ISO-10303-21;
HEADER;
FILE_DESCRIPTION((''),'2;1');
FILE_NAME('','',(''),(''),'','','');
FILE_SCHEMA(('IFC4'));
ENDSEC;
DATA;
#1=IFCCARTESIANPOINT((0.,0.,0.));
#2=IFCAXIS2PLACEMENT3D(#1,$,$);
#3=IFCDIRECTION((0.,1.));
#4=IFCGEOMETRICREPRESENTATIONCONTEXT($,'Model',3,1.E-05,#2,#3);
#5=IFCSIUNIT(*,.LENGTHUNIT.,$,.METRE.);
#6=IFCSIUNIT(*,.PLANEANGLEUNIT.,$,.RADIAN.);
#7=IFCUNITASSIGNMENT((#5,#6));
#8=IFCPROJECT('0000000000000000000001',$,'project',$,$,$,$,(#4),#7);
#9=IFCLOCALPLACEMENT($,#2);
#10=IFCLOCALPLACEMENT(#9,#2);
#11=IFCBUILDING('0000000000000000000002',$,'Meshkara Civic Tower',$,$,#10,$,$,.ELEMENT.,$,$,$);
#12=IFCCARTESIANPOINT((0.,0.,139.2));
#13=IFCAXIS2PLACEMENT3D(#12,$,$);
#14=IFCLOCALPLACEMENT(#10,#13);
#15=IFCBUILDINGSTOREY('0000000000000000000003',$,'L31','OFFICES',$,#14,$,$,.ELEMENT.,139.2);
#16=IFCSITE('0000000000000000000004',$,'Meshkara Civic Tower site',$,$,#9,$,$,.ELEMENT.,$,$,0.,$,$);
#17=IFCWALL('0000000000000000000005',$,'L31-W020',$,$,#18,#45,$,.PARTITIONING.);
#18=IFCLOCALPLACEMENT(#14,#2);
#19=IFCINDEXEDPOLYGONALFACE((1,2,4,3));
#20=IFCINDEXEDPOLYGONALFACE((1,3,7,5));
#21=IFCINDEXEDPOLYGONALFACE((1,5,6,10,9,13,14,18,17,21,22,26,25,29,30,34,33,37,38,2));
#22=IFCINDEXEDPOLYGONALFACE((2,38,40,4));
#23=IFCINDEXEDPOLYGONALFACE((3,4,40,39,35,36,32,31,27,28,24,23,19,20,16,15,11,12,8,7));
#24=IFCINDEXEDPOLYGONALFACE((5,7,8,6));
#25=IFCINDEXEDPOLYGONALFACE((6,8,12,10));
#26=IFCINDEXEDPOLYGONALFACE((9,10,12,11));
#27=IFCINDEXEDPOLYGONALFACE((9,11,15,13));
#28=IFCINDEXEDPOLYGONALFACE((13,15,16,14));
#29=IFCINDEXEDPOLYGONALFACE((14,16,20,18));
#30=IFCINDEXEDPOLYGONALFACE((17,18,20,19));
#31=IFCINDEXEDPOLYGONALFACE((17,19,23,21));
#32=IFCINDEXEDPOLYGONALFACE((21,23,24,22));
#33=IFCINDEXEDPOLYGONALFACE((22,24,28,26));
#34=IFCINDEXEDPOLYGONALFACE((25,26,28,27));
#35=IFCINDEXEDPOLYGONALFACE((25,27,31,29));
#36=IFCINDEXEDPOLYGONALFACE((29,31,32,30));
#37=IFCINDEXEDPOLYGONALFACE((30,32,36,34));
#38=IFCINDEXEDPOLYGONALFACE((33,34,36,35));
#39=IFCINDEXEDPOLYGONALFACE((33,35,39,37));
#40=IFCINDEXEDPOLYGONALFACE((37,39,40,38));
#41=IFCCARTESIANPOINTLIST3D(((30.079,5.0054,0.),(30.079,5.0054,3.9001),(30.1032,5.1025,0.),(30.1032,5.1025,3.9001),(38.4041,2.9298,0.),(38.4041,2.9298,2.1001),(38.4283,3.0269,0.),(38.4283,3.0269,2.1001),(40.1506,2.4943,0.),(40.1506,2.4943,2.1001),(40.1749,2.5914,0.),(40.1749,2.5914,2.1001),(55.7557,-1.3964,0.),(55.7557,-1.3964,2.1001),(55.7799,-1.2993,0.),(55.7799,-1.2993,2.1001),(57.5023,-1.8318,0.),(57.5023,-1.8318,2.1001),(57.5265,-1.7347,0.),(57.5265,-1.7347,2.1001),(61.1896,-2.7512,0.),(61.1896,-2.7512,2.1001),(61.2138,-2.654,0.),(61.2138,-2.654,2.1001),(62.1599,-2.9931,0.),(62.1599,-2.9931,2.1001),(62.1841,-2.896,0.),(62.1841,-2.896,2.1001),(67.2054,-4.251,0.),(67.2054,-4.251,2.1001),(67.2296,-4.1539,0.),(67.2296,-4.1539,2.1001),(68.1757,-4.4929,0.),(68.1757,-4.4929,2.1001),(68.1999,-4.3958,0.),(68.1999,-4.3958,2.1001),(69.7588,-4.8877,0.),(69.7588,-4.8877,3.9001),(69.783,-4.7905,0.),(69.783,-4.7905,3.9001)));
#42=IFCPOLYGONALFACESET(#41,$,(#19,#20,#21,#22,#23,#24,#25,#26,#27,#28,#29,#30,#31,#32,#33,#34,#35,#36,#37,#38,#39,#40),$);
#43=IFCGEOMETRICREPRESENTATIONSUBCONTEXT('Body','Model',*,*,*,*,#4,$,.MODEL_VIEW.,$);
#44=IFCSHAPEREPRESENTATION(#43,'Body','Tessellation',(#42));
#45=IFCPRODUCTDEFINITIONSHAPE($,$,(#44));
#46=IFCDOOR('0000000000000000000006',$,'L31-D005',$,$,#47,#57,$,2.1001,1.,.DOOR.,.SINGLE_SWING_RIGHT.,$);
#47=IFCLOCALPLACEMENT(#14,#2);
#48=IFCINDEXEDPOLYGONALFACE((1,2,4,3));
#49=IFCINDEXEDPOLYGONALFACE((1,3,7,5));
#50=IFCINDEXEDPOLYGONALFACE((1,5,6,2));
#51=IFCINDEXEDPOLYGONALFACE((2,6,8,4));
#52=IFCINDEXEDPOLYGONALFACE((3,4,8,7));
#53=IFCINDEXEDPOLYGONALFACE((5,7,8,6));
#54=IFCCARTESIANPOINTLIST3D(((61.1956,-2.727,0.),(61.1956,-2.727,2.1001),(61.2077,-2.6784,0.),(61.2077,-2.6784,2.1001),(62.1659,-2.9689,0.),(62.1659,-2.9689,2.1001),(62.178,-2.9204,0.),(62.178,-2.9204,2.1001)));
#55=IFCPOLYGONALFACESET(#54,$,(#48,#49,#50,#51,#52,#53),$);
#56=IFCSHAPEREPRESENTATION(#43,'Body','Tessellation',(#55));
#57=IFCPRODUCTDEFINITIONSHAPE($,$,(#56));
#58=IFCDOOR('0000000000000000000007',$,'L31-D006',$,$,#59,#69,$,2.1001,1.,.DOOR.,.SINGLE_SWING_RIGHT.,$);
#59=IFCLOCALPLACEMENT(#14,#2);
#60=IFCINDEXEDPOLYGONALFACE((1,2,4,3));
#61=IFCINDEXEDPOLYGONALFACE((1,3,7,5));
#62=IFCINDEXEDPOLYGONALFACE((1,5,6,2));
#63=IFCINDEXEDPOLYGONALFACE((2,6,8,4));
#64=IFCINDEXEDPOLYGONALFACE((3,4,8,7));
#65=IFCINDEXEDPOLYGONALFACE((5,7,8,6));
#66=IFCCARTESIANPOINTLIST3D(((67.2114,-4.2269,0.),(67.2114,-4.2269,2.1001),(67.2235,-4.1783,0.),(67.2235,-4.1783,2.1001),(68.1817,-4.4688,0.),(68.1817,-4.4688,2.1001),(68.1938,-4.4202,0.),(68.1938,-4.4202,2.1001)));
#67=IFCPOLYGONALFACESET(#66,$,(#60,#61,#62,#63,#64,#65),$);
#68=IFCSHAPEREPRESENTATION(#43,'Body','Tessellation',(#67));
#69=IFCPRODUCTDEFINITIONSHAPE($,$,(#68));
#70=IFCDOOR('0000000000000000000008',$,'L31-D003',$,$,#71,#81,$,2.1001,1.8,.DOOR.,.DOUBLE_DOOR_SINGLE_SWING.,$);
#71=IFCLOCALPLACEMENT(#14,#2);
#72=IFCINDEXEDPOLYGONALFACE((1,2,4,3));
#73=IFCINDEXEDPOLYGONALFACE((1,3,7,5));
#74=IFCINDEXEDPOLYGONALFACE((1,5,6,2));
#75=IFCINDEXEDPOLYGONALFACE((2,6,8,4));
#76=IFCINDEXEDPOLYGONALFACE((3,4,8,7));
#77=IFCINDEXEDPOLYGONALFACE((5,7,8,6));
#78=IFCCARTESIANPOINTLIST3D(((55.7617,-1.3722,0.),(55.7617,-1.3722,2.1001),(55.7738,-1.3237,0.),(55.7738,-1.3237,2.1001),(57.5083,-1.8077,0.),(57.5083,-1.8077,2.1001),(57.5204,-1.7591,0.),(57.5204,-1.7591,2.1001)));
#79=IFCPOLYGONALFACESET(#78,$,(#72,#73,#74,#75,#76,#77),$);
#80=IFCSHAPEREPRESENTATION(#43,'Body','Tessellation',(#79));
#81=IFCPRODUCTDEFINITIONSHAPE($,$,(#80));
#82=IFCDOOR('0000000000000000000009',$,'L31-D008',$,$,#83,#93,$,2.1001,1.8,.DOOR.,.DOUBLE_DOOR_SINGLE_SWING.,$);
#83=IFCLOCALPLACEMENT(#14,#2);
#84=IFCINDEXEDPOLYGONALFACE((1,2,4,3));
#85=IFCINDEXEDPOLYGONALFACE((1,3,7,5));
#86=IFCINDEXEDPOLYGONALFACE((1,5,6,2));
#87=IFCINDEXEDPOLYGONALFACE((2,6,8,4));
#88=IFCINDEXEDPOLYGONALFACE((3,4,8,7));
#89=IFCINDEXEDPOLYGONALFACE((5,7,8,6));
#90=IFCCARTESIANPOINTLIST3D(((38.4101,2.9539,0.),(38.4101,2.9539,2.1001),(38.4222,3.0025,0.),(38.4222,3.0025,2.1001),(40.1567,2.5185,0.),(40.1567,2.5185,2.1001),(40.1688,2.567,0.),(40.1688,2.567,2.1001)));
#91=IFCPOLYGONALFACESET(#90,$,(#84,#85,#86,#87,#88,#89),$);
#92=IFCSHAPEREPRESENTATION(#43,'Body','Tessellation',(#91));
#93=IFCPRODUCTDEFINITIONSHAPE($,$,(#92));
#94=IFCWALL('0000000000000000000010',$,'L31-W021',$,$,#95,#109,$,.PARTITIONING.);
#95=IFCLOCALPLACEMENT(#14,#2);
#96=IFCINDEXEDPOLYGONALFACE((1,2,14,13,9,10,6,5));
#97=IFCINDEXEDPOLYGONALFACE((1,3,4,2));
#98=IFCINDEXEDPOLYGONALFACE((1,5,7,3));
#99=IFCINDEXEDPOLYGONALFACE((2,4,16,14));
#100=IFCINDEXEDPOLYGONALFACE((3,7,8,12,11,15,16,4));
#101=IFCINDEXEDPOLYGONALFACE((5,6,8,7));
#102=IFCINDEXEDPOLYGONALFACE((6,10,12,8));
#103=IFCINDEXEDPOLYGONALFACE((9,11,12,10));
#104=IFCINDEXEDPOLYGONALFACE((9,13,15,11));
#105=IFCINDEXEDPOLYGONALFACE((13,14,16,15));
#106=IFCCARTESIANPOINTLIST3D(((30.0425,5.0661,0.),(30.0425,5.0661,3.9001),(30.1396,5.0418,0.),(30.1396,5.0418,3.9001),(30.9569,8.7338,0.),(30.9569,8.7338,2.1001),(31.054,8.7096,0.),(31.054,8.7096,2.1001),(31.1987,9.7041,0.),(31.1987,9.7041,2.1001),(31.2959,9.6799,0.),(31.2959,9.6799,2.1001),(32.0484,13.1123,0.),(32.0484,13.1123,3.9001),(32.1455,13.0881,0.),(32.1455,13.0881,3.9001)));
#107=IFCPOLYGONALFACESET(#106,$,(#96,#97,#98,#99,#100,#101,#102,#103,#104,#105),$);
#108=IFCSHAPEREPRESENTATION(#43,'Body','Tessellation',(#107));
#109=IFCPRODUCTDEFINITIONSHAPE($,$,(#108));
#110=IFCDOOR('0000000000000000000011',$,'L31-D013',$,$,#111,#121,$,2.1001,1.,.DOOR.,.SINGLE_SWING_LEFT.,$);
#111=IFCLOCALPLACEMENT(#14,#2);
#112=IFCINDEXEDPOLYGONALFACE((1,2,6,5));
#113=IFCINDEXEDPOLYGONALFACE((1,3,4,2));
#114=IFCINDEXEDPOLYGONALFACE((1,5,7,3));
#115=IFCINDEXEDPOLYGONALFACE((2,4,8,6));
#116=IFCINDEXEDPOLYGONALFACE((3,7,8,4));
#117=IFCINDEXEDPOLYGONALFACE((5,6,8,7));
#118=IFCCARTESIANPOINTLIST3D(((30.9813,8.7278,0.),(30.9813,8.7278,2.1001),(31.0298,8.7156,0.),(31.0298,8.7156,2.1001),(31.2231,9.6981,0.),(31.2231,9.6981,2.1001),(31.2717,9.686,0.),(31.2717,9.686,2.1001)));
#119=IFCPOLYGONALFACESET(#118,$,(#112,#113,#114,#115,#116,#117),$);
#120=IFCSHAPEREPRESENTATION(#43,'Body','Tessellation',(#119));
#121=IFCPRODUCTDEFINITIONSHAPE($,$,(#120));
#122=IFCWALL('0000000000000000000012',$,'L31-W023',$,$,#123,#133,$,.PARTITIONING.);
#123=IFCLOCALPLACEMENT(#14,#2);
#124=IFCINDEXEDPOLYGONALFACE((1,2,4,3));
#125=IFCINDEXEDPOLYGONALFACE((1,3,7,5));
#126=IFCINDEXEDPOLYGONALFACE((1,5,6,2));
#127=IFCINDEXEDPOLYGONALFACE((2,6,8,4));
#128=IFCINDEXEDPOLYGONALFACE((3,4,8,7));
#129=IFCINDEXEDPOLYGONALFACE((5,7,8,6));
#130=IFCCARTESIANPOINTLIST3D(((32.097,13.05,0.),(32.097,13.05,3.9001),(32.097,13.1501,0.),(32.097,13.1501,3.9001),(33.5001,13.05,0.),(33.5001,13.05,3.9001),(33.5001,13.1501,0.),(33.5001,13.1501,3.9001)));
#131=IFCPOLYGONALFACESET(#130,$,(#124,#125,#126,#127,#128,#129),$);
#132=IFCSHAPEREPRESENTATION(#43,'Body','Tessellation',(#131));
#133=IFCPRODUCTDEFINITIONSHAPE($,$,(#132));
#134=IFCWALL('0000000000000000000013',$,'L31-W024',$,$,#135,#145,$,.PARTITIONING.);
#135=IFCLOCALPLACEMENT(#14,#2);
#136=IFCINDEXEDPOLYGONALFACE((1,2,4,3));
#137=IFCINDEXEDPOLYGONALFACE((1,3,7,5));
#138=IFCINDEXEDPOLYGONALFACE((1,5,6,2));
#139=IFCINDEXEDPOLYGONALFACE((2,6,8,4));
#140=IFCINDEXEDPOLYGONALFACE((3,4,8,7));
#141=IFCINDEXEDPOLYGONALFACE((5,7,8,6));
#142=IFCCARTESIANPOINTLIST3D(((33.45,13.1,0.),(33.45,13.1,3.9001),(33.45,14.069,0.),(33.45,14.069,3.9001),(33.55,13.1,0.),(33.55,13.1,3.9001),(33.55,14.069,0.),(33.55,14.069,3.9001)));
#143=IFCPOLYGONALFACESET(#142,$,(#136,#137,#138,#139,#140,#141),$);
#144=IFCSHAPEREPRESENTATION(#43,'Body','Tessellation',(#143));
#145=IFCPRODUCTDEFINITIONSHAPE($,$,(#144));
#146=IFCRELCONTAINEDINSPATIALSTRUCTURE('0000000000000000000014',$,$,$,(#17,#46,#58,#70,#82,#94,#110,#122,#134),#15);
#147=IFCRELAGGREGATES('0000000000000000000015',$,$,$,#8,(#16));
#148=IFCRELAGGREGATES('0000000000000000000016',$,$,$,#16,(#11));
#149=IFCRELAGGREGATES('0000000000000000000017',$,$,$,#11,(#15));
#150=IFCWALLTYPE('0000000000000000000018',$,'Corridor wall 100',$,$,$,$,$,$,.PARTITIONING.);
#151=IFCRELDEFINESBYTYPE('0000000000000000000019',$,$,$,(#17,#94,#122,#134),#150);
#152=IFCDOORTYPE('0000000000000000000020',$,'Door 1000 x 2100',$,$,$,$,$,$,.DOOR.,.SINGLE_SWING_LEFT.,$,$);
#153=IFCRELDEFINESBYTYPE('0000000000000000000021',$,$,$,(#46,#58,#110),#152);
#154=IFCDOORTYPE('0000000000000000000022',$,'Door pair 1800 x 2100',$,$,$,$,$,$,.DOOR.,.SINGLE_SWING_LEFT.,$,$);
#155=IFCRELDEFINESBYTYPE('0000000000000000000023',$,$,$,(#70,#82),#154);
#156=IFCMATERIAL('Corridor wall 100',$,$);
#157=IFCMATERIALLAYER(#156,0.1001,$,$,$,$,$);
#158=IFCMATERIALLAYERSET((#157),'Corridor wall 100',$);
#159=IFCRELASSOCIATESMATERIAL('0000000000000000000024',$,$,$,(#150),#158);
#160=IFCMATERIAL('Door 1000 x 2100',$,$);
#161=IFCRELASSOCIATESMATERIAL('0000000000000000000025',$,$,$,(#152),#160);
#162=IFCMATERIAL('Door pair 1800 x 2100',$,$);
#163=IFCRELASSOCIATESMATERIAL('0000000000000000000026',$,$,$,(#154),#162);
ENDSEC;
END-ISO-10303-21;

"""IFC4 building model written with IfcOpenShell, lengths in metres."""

from ifc_helpers import new_model, si_unit, direction, frame, frame_2d, origin, place, context, subcontext, project, spatial, rectangle, extrude, material, layer, layer_set, type_object, element, fill, save


model = new_model("IFC4")

# Units and contexts
model_context = context("Model", 3, precision=1e-05, world=origin(), true_north=direction((0.0, 1.0)))
body_context = subcontext(model_context, "Body", "Model", "MODEL_VIEW")
ifc_project = project(units=[si_unit("LENGTHUNIT", "METRE"), si_unit("PLANEANGLEUNIT", "RADIAN")], contexts=[model_context])

# Site, building, storey
site_placement = place(None, origin())
site = spatial("IfcSite", under=ifc_project, at=site_placement, Name="Meshkara Civic Tower site", CompositionType="ELEMENT", RefElevation=0.0)
building_placement = place(site_placement, origin())
building = spatial("IfcBuilding", under=site, at=building_placement, Name="Meshkara Civic Tower", CompositionType="ELEMENT")
storey_placement = place(building_placement, frame((0.0, 0.0, 139.2)))
storey = spatial("IfcBuildingStorey", under=building, at=storey_placement, Name="L31", Description="OFFICES", CompositionType="ELEMENT", Elevation=139.2)

# Wall, openings, doors
ifc_material_1 = material(Name="Corridor wall 100")
ifc_layer_1 = layer(ifc_material_1, 0.1001)
ifc_layer_set_1 = layer_set([ifc_layer_1], Name="Corridor wall 100")
wall_type_1 = type_object("IfcWallType", Name="Corridor wall 100", PredefinedType="PARTITIONING", material=ifc_layer_set_1)
wall_1_placement = place(storey_placement, frame((30.0911, 5.054, 0.0), z_axis=(0.0, 0.0, 1.0), x_axis=(0.970297, -0.241916, 0.0)))
wall_1 = element("IfcWall", 1, at=wall_1_placement, inside=storey, type_object=wall_type_1, Name="L31-W020", PredefinedType="PARTITIONING", context=body_context, shape_type="SweptSolid", body=[
    extrude(rectangle(XDim=40.8945, YDim=0.1001, at=frame_2d((20.4473, 0.0))), origin(), (0.0, 0.0, 1.0), 3.9001),
])
opening_1_placement = place(wall_1_placement, frame((26.4629, 0.0, 0.0)))
opening_1 = element("IfcOpeningElement", 2, at=opening_1_placement, cuts=wall_1, PredefinedType="OPENING", context=body_context, shape_type="SweptSolid", body=[
    extrude(rectangle(XDim=1.8, YDim=2.1001, at=frame_2d((0.8999, 1.05))), frame((0.0, 0.0601, 0.0), z_axis=(0.0, -1.0, 0.0), x_axis=(1.0, 0.0, 0.0)), (0.0, 0.0, 1.0), 0.1201),
])
opening_2_placement = place(wall_1_placement, frame((32.063, 0.0, 0.0)))
opening_2 = element("IfcOpeningElement", 3, at=opening_2_placement, cuts=wall_1, PredefinedType="OPENING", context=body_context, shape_type="SweptSolid", body=[
    extrude(rectangle(XDim=1.0, YDim=2.1001, at=frame_2d((0.5, 1.05))), frame((0.0, 0.0601, 0.0), z_axis=(0.0, -1.0, 0.0), x_axis=(1.0, 0.0, 0.0)), (0.0, 0.0, 1.0), 0.1201),
])
opening_3_placement = place(wall_1_placement, frame((38.2629, 0.0, 0.0)))
opening_3 = element("IfcOpeningElement", 4, at=opening_3_placement, cuts=wall_1, PredefinedType="OPENING", context=body_context, shape_type="SweptSolid", body=[
    extrude(rectangle(XDim=1.0, YDim=2.1001, at=frame_2d((0.5, 1.05))), frame((0.0, 0.0601, 0.0), z_axis=(0.0, -1.0, 0.0), x_axis=(1.0, 0.0, 0.0)), (0.0, 0.0, 1.0), 0.1201),
])
opening_4_placement = place(wall_1_placement, frame((8.5801, 0.0, 0.0)))
opening_4 = element("IfcOpeningElement", 5, at=opening_4_placement, cuts=wall_1, PredefinedType="OPENING", context=body_context, shape_type="SweptSolid", body=[
    extrude(rectangle(XDim=1.8, YDim=2.1001, at=frame_2d((0.8999, 1.05))), frame((0.0, 0.0601, 0.0), z_axis=(0.0, -1.0, 0.0), x_axis=(1.0, 0.0, 0.0)), (0.0, 0.0, 1.0), 0.1201),
])
ifc_material_2 = material(Name="Door 1000 x 2100")
door_type_1 = type_object("IfcDoorType", Name="Door 1000 x 2100", OperationType="SINGLE_SWING_LEFT", PredefinedType="DOOR", material=ifc_material_2)
door_1_placement = place(opening_2_placement, origin())
door_1 = element("IfcDoor", 6, at=door_1_placement, inside=storey, type_object=door_type_1, Name="L31-D005", OperationType="SINGLE_SWING_RIGHT", OverallHeight=2.1001, OverallWidth=1.0, PredefinedType="DOOR", context=body_context, shape_type="SweptSolid", body=[
    extrude(rectangle(XDim=1.0, YDim=2.1001, at=frame_2d((0.5, 1.05))), frame((0.0, 0.0249, 0.0), z_axis=(0.0, -1.0, 0.0), x_axis=(1.0, 0.0, 0.0)), (0.0, 0.0, 1.0), 0.05),
])
fill(opening_2, door_1)
door_2_placement = place(opening_3_placement, origin())
door_2 = element("IfcDoor", 7, at=door_2_placement, inside=storey, type_object=door_type_1, Name="L31-D006", OperationType="SINGLE_SWING_RIGHT", OverallHeight=2.1001, OverallWidth=1.0, PredefinedType="DOOR", context=body_context, shape_type="SweptSolid", body=[
    extrude(rectangle(XDim=1.0, YDim=2.1001, at=frame_2d((0.5, 1.05))), frame((0.0, 0.0249, 0.0), z_axis=(0.0, -1.0, 0.0), x_axis=(1.0, 0.0, 0.0)), (0.0, 0.0, 1.0), 0.05),
])
fill(opening_3, door_2)
ifc_material_3 = material(Name="Door pair 1800 x 2100")
door_type_2 = type_object("IfcDoorType", Name="Door pair 1800 x 2100", OperationType="SINGLE_SWING_LEFT", PredefinedType="DOOR", material=ifc_material_3)
door_3_placement = place(opening_1_placement, origin())
door_3 = element("IfcDoor", 8, at=door_3_placement, inside=storey, type_object=door_type_2, Name="L31-D003", OperationType="DOUBLE_DOOR_SINGLE_SWING", OverallHeight=2.1001, OverallWidth=1.8, PredefinedType="DOOR", context=body_context, shape_type="SweptSolid", body=[
    extrude(rectangle(XDim=1.8, YDim=2.1001, at=frame_2d((0.8999, 1.05))), frame((0.0, 0.0249, 0.0), z_axis=(0.0, -1.0, 0.0), x_axis=(1.0, 0.0, 0.0)), (0.0, 0.0, 1.0), 0.05),
])
fill(opening_1, door_3)
door_4_placement = place(opening_4_placement, origin())
door_4 = element("IfcDoor", 9, at=door_4_placement, inside=storey, type_object=door_type_2, Name="L31-D008", OperationType="DOUBLE_DOOR_SINGLE_SWING", OverallHeight=2.1001, OverallWidth=1.8, PredefinedType="DOOR", context=body_context, shape_type="SweptSolid", body=[
    extrude(rectangle(XDim=1.8, YDim=2.1001, at=frame_2d((0.8999, 1.05))), frame((0.0, 0.0249, 0.0), z_axis=(0.0, -1.0, 0.0), x_axis=(1.0, 0.0, 0.0)), (0.0, 0.0, 1.0), 0.05),
])
fill(opening_4, door_4)

# Wall, opening, door
wall_2_placement = place(storey_placement, frame((30.0911, 5.054, 0.0), z_axis=(0.0, 0.0, 1.0), x_axis=(0.241891, 0.970303, 0.0)))
wall_2 = element("IfcWall", 10, at=wall_2_placement, inside=storey, type_object=wall_type_1, Name="L31-W021", PredefinedType="PARTITIONING", context=body_context, shape_type="SweptSolid", body=[
    extrude(rectangle(XDim=8.2925, YDim=0.1001, at=frame_2d((4.1462, 0.0))), origin(), (0.0, 0.0, 1.0), 3.9001),
])
opening_5_placement = place(wall_2_placement, frame((3.78, 0.0, 0.0)))
opening_5 = element("IfcOpeningElement", 11, at=opening_5_placement, cuts=wall_2, PredefinedType="OPENING", context=body_context, shape_type="SweptSolid", body=[
    extrude(rectangle(XDim=1.0, YDim=2.1001, at=frame_2d((0.5, 1.05))), frame((0.0, 0.0601, 0.0), z_axis=(0.0, -1.0, 0.0), x_axis=(1.0, 0.0, 0.0)), (0.0, 0.0, 1.0), 0.1201),
])
door_5_placement = place(opening_5_placement, origin())
door_5 = element("IfcDoor", 12, at=door_5_placement, inside=storey, type_object=door_type_1, Name="L31-D013", OperationType="SINGLE_SWING_LEFT", OverallHeight=2.1001, OverallWidth=1.0, PredefinedType="DOOR", context=body_context, shape_type="SweptSolid", body=[
    extrude(rectangle(XDim=1.0, YDim=2.1001, at=frame_2d((0.5, 1.05))), frame((0.0, 0.0249, 0.0), z_axis=(0.0, -1.0, 0.0), x_axis=(1.0, 0.0, 0.0)), (0.0, 0.0, 1.0), 0.05),
])
fill(opening_5, door_5)

# Walls
wall_3_placement = place(storey_placement, frame((32.0969, 13.1001, 0.0), z_axis=(0.0, 0.0, 1.0), x_axis=(1.0, 0.0, 0.0)))
element("IfcWall", 13, at=wall_3_placement, inside=storey, type_object=wall_type_1, Name="L31-W023", PredefinedType="PARTITIONING", context=body_context, shape_type="SweptSolid", body=[
    extrude(rectangle(XDim=1.4031, YDim=0.1001, at=frame_2d((0.7017, 0.0))), origin(), (0.0, 0.0, 1.0), 3.9001),
])
wall_4_placement = place(storey_placement, frame((33.5, 13.1001, 0.0), z_axis=(0.0, 0.0, 1.0), x_axis=(0.0, 1.0, 0.0)))
element("IfcWall", 14, at=wall_4_placement, inside=storey, type_object=wall_type_1, Name="L31-W024", PredefinedType="PARTITIONING", context=body_context, shape_type="SweptSolid", body=[
    extrude(rectangle(XDim=0.969, YDim=0.1001, at=frame_2d((0.4844, 0.0))), origin(), (0.0, 0.0, 1.0), 3.9001),
])

save(model, "model.ifc")
